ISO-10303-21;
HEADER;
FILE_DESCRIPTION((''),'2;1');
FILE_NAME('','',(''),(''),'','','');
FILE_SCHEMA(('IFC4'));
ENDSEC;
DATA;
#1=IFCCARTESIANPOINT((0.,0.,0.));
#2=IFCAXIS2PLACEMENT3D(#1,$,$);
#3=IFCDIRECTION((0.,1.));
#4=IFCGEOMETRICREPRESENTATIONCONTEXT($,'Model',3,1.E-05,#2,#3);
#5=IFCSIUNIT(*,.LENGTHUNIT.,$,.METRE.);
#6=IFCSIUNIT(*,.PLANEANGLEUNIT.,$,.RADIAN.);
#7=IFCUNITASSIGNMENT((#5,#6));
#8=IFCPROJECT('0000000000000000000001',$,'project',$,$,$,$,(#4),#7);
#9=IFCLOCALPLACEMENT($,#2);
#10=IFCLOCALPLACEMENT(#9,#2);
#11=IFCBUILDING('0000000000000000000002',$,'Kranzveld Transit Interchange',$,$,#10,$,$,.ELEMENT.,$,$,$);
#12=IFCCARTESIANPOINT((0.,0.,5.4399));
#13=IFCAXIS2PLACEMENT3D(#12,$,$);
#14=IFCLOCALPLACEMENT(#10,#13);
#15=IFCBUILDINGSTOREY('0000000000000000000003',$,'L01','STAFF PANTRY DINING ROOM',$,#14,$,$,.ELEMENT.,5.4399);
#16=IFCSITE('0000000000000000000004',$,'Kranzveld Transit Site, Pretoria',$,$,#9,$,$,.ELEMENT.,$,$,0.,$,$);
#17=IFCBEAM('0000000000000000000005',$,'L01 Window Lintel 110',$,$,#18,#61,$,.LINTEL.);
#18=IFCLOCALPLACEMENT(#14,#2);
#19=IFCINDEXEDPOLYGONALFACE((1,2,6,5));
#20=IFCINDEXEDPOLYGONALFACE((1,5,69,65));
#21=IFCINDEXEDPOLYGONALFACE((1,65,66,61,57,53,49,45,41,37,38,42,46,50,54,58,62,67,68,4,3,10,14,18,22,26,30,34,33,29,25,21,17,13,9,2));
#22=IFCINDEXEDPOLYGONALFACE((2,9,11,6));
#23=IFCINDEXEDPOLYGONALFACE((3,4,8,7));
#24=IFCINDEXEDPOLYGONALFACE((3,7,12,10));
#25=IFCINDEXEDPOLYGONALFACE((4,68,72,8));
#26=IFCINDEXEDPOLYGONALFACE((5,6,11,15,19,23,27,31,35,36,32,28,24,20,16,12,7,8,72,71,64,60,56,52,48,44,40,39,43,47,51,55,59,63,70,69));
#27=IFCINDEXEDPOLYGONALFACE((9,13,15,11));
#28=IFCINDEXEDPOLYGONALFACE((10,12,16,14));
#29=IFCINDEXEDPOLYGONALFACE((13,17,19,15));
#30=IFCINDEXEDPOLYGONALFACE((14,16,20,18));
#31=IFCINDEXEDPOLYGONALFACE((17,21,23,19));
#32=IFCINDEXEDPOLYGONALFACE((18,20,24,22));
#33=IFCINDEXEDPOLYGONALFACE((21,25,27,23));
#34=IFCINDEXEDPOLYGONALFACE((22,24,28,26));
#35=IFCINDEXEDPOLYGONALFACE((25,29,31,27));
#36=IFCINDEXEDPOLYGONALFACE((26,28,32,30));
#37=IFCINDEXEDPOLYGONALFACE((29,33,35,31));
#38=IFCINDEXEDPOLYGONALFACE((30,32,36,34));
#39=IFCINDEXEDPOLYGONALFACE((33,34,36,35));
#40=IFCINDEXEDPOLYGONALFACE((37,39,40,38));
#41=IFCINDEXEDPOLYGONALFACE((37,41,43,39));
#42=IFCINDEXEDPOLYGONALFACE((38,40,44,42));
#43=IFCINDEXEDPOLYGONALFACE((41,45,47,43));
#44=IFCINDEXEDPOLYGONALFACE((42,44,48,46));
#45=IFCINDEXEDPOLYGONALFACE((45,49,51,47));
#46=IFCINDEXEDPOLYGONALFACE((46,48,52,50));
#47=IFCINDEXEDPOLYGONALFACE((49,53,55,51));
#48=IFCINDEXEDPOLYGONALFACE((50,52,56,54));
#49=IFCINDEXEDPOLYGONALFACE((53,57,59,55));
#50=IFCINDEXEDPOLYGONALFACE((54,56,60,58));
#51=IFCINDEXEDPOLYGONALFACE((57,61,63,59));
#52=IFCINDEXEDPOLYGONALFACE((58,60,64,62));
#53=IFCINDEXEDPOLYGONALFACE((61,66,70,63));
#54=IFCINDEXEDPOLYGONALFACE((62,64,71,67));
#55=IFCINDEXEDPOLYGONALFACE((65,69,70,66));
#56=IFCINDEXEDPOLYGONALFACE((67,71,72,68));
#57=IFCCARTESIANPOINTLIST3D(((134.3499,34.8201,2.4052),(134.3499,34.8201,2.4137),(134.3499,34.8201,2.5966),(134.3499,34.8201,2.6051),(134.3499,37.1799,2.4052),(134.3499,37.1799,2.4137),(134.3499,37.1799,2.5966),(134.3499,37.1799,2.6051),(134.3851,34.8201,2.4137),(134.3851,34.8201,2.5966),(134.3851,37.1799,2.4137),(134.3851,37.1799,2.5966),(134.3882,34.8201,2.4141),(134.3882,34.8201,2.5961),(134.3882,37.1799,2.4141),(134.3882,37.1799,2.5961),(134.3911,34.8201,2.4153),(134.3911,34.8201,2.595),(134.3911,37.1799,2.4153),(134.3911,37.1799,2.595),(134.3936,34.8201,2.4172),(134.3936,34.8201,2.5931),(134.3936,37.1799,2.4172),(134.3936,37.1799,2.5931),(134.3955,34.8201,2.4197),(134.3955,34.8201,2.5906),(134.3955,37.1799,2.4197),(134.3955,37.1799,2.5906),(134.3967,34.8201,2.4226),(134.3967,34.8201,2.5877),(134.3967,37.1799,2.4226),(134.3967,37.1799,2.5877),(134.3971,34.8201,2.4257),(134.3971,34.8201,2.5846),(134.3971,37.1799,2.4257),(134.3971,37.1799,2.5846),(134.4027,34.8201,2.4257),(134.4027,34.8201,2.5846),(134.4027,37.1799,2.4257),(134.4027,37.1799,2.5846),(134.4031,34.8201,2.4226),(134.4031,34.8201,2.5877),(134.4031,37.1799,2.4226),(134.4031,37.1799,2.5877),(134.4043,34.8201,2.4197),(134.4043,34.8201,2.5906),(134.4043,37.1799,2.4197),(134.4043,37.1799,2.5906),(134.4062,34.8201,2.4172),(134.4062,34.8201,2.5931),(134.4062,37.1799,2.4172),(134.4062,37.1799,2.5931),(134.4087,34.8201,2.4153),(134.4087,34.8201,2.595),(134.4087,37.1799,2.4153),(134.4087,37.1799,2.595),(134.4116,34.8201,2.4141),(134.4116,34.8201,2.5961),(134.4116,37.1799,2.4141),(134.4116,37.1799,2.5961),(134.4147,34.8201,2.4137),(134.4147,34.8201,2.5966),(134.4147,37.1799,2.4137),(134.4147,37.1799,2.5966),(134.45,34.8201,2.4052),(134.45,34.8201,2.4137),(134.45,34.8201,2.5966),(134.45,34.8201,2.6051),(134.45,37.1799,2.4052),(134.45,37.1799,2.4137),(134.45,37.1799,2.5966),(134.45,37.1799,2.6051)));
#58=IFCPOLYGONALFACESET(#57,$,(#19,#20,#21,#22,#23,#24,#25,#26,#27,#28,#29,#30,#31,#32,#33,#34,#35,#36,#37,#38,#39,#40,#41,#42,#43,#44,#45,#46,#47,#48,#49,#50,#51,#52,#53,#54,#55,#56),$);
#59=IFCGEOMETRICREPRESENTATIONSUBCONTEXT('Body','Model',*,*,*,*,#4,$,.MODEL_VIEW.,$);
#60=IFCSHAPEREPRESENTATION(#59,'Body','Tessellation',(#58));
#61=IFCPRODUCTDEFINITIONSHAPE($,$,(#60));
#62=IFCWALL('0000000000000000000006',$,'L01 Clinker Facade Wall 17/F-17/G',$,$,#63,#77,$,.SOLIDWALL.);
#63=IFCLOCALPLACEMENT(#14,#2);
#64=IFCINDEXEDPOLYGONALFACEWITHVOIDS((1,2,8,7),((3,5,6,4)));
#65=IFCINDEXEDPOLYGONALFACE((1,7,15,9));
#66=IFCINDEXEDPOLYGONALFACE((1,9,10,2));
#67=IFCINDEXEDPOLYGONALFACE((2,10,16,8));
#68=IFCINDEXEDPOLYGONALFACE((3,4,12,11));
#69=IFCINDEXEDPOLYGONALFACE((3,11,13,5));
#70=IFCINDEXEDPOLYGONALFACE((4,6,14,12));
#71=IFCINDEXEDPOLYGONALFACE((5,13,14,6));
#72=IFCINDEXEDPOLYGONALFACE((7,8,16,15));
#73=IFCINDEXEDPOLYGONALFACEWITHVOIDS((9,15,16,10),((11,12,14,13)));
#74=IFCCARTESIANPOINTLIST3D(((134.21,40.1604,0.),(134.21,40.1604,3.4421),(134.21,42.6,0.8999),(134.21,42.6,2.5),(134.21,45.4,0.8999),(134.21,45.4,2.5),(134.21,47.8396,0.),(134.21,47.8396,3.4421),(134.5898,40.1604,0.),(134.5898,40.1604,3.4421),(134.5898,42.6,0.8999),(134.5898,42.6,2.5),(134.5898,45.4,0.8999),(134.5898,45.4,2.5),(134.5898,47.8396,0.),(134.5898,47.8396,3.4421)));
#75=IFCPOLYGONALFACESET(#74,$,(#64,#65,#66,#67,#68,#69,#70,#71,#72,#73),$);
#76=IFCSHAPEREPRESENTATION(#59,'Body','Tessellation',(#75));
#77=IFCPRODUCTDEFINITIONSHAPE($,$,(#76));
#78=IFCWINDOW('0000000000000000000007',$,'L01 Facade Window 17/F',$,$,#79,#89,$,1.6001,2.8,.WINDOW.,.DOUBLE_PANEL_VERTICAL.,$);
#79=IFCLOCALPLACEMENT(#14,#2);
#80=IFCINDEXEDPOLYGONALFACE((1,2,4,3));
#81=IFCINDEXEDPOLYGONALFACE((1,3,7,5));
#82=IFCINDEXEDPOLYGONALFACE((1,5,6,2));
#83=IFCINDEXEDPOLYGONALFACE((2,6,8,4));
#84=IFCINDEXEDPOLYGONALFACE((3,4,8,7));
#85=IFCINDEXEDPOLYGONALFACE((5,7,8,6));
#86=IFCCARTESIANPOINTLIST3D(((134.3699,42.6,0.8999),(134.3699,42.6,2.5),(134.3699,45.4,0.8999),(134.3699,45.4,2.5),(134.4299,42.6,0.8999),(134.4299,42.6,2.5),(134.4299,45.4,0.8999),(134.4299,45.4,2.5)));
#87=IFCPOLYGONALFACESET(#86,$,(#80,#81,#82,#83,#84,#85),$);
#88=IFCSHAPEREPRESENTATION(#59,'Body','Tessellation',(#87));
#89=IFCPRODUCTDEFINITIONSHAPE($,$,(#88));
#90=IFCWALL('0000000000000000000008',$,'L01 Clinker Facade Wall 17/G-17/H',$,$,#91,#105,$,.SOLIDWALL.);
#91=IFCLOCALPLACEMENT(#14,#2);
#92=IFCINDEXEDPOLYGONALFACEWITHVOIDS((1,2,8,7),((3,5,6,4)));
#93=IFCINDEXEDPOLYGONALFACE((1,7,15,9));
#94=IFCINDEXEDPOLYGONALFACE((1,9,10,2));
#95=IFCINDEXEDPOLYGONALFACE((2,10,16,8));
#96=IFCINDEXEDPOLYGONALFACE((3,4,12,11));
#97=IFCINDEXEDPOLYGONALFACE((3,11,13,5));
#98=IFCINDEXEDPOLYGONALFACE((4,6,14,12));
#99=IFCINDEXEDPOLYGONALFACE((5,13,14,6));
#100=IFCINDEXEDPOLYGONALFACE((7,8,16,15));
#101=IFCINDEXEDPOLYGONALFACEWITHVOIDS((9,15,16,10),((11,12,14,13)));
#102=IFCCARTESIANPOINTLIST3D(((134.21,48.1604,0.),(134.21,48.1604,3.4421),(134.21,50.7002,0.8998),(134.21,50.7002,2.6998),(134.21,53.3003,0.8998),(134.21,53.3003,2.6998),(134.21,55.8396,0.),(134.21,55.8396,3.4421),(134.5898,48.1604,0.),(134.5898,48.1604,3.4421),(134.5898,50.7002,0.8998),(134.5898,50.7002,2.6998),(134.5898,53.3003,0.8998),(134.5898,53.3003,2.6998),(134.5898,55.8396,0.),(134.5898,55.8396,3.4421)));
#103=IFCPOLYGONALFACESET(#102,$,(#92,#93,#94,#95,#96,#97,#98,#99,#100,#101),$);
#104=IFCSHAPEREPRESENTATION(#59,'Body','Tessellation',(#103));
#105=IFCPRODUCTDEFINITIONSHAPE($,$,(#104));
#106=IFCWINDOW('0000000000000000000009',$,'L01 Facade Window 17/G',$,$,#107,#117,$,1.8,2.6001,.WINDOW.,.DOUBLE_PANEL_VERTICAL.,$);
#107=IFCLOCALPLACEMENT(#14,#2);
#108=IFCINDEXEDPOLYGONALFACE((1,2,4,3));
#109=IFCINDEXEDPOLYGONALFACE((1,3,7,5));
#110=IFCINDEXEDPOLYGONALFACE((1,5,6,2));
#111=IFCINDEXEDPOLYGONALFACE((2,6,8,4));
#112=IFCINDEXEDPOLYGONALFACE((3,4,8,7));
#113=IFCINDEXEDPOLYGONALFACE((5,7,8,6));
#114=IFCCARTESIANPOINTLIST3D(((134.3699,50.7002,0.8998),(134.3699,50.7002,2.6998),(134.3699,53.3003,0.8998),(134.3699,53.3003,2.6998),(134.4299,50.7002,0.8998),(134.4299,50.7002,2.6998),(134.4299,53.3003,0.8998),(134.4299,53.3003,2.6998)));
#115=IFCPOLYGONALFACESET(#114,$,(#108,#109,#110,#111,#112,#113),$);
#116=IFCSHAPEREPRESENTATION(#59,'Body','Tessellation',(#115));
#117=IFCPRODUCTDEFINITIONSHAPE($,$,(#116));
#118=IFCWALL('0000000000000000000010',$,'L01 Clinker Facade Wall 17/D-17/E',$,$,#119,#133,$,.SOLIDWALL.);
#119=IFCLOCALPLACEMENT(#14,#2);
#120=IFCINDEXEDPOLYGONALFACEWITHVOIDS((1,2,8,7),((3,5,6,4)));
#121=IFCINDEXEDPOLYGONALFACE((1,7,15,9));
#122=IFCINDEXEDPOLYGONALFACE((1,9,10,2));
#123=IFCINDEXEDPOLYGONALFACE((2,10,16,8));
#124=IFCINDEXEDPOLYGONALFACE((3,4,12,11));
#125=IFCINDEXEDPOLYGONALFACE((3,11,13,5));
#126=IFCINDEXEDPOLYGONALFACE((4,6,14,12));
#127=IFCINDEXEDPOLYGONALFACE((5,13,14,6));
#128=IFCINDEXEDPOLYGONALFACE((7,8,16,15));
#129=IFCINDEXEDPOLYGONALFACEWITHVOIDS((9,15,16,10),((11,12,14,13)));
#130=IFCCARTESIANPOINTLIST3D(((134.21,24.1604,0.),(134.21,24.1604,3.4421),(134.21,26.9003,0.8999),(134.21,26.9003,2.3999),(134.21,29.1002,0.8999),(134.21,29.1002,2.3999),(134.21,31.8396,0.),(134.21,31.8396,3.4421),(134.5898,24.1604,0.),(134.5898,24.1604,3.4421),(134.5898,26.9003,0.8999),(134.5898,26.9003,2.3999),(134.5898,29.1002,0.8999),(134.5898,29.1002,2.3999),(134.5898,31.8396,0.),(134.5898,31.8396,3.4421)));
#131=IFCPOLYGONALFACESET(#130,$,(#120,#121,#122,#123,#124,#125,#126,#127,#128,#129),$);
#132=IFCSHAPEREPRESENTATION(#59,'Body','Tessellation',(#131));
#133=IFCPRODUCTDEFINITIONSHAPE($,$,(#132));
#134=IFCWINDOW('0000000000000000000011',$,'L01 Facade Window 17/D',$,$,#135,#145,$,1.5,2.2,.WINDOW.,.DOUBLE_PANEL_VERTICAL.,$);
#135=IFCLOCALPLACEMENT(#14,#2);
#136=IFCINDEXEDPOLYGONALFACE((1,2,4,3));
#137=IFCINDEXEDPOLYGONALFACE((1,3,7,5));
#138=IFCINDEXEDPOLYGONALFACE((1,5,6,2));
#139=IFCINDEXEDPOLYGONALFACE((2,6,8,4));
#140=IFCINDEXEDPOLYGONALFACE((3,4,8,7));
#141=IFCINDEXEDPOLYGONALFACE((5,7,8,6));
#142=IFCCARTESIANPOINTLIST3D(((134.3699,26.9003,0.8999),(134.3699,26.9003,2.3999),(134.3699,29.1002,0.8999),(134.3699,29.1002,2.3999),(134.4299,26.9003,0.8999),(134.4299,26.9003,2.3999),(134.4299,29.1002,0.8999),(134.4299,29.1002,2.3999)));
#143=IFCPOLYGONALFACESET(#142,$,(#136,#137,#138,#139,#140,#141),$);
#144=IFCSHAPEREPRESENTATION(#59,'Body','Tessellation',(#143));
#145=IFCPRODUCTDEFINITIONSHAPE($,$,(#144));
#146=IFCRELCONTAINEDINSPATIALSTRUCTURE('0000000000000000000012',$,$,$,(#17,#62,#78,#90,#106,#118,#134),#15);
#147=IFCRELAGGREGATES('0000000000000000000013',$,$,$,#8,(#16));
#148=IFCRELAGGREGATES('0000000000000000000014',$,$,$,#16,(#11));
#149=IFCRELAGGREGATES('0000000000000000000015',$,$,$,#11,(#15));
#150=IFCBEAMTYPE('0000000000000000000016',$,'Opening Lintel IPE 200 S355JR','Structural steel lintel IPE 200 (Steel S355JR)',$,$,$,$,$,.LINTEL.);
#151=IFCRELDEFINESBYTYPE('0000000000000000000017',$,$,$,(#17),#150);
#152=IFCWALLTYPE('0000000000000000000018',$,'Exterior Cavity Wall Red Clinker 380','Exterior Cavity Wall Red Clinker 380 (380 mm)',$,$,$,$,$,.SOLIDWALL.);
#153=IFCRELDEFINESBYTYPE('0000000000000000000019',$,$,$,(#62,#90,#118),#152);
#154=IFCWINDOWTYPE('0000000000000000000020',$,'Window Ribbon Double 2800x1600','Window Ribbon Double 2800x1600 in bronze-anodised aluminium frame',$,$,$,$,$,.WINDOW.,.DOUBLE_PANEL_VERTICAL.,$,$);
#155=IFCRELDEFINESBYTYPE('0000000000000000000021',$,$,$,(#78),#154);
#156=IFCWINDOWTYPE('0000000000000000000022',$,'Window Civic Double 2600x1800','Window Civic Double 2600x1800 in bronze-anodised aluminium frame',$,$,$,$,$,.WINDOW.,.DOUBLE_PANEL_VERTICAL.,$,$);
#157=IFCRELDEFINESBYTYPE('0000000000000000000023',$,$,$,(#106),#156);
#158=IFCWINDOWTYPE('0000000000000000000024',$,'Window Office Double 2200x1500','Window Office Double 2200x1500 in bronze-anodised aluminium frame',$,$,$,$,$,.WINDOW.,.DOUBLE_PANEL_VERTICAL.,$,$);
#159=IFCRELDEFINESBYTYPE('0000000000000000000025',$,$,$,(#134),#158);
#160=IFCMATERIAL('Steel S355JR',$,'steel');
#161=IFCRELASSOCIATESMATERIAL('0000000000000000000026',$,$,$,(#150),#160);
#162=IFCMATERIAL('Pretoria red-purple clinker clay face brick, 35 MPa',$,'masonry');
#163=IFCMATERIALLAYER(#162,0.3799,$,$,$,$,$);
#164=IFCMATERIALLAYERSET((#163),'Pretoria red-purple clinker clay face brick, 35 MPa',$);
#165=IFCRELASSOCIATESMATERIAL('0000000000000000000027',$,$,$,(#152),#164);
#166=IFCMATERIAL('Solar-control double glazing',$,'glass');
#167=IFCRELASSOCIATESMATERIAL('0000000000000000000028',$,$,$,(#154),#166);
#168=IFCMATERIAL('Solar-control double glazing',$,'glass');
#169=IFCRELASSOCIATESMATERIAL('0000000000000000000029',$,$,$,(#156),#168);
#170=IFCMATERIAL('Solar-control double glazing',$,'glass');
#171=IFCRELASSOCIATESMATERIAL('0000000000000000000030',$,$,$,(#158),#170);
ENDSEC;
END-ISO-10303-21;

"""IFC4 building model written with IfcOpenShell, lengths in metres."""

from ifc_helpers import new_model, si_unit, direction, frame, frame_2d, origin, origin_2d, place, context, subcontext, project, spatial, rectangle, i_section, extrude, material, layer, layer_set, material_profile, profile_set, type_object, element, fill, save


model = new_model("IFC4")

# Units and contexts
model_context = context("Model", 3, precision=1e-05, world=origin(), true_north=direction((0.0, 1.0)))
body_context = subcontext(model_context, "Body", "Model", "MODEL_VIEW")
ifc_project = project(units=[si_unit("LENGTHUNIT", "METRE"), si_unit("PLANEANGLEUNIT", "RADIAN")], contexts=[model_context])

# Site, building, storey
site_placement = place(None, origin())
site = spatial("IfcSite", under=ifc_project, at=site_placement, Name="Kranzveld Transit Site, Pretoria", CompositionType="ELEMENT", RefElevation=0.0)
building_placement = place(site_placement, origin())
building = spatial("IfcBuilding", under=site, at=building_placement, Name="Kranzveld Transit Interchange", CompositionType="ELEMENT")
storey_placement = place(building_placement, frame((0.0, 0.0, 5.4399)))
storey = spatial("IfcBuildingStorey", under=building, at=storey_placement, Name="L01", Description="STAFF PANTRY DINING ROOM", CompositionType="ELEMENT", Elevation=5.4399)

# Beam
ifc_material_1 = material(Name="Steel S355JR", Category="steel")
ifc_material_profile_1 = material_profile(ifc_material_1, i_section(OverallWidth=0.1001, OverallDepth=0.2, WebThickness=0.0056, FlangeThickness=0.0085, FilletRadius=0.012, at=origin_2d()), Name="IPE 200")
ifc_profile_set_1 = profile_set([ifc_material_profile_1], Name="Steel S355JR")
beam_type_1 = type_object("IfcBeamType", Name="Opening Lintel IPE 200 S355JR", Description="Structural steel lintel IPE 200 (Steel S355JR)", PredefinedType="LINTEL", material=ifc_profile_set_1)
beam_1_placement = place(storey_placement, frame((134.3999, 34.8201, 2.5051), z_axis=(0.0, 1.0, 0.0), x_axis=(-1.0, 0.0, 0.0)))
element("IfcBeam", 1, at=beam_1_placement, inside=storey, type_object=beam_type_1, Name="L01 Window Lintel 110", PredefinedType="LINTEL", context=body_context, shape_type="SweptSolid", body=[
    extrude(i_section(OverallWidth=0.1001, OverallDepth=0.2, WebThickness=0.0056, FlangeThickness=0.0085, FilletRadius=0.012, at=origin_2d()), origin(), (0.0, 0.0, 1.0), 2.3599),
])

# Walls, openings, windows
ifc_material_2 = material(Name="Pretoria red-purple clinker clay face brick, 35 MPa", Category="masonry")
ifc_layer_1 = layer(ifc_material_2, 0.3799)
ifc_layer_set_1 = layer_set([ifc_layer_1], Name="Pretoria red-purple clinker clay face brick, 35 MPa")
wall_type_1 = type_object("IfcWallType", Name="Exterior Cavity Wall Red Clinker 380", Description="Exterior Cavity Wall Red Clinker 380 (380 mm)", PredefinedType="SOLIDWALL", material=ifc_layer_set_1)
wall_1_placement = place(storey_placement, frame((134.3999, 40.1604, 0.0), z_axis=(0.0, 0.0, 1.0), x_axis=(0.0, 1.0, 0.0)))
wall_1 = element("IfcWall", 2, at=wall_1_placement, inside=storey, type_object=wall_type_1, Name="L01 Clinker Facade Wall 17/F-17/G", PredefinedType="SOLIDWALL", context=body_context, shape_type="SweptSolid", body=[
    extrude(rectangle(XDim=7.6792, YDim=0.3799, at=frame_2d((3.8396, 0.0))), origin(), (0.0, 0.0, 1.0), 3.4421),
])
opening_1_placement = place(wall_1_placement, frame((2.4397, 0.0, 0.8999), z_axis=(0.0, 0.0, 1.0), x_axis=(1.0, 0.0, 0.0)))
opening_1 = element("IfcOpeningElement", 3, at=opening_1_placement, cuts=wall_1, PredefinedType="OPENING", context=body_context, shape_type="SweptSolid", body=[
    extrude(rectangle(XDim=2.8, YDim=1.6001, at=frame_2d((1.3999, 0.8))), frame((0.0, 0.2, 0.0), z_axis=(0.0, -1.0, 0.0), x_axis=(1.0, 0.0, 0.0)), (0.0, 0.0, 1.0), 0.3999),
])
ifc_material_3 = material(Name="Solar-control double glazing", Category="glass")
window_type_1 = type_object("IfcWindowType", Name="Window Ribbon Double 2800x1600", Description="Window Ribbon Double 2800x1600 in bronze-anodised aluminium frame", PartitioningType="DOUBLE_PANEL_VERTICAL", PredefinedType="WINDOW", material=ifc_material_3)
window_1_placement = place(opening_1_placement, origin())
window_1 = element("IfcWindow", 4, at=window_1_placement, inside=storey, type_object=window_type_1, Name="L01 Facade Window 17/F", OverallHeight=1.6001, OverallWidth=2.8, PartitioningType="DOUBLE_PANEL_VERTICAL", PredefinedType="WINDOW", context=body_context, shape_type="SweptSolid", body=[
    extrude(rectangle(XDim=2.8, YDim=1.6001, at=frame_2d((1.3999, 0.8))), frame((0.0, 0.03, 0.0), z_axis=(0.0, -1.0, 0.0), x_axis=(1.0, 0.0, 0.0)), (0.0, 0.0, 1.0), 0.0601),
])
fill(opening_1, window_1)
wall_2_placement = place(storey_placement, frame((134.3999, 48.1604, 0.0), z_axis=(0.0, 0.0, 1.0), x_axis=(0.0, 1.0, 0.0)))
wall_2 = element("IfcWall", 5, at=wall_2_placement, inside=storey, type_object=wall_type_1, Name="L01 Clinker Facade Wall 17/G-17/H", PredefinedType="SOLIDWALL", context=body_context, shape_type="SweptSolid", body=[
    extrude(rectangle(XDim=7.6792, YDim=0.3799, at=frame_2d((3.8396, 0.0))), origin(), (0.0, 0.0, 1.0), 3.4421),
])
opening_2_placement = place(wall_2_placement, frame((2.5398, 0.0, 0.8999), z_axis=(0.0, 0.0, 1.0), x_axis=(1.0, 0.0, 0.0)))
opening_2 = element("IfcOpeningElement", 6, at=opening_2_placement, cuts=wall_2, PredefinedType="OPENING", context=body_context, shape_type="SweptSolid", body=[
    extrude(rectangle(XDim=2.6001, YDim=1.8, at=frame_2d((1.3, 0.8999))), frame((0.0, 0.2, 0.0), z_axis=(0.0, -1.0, 0.0), x_axis=(1.0, 0.0, 0.0)), (0.0, 0.0, 1.0), 0.3999),
])
ifc_material_4 = material(Name="Solar-control double glazing", Category="glass")
window_type_2 = type_object("IfcWindowType", Name="Window Civic Double 2600x1800", Description="Window Civic Double 2600x1800 in bronze-anodised aluminium frame", PartitioningType="DOUBLE_PANEL_VERTICAL", PredefinedType="WINDOW", material=ifc_material_4)
window_2_placement = place(opening_2_placement, origin())
window_2 = element("IfcWindow", 7, at=window_2_placement, inside=storey, type_object=window_type_2, Name="L01 Facade Window 17/G", OverallHeight=1.8, OverallWidth=2.6001, PartitioningType="DOUBLE_PANEL_VERTICAL", PredefinedType="WINDOW", context=body_context, shape_type="SweptSolid", body=[
    extrude(rectangle(XDim=2.6001, YDim=1.8, at=frame_2d((1.3, 0.8999))), frame((0.0, 0.03, 0.0), z_axis=(0.0, -1.0, 0.0), x_axis=(1.0, 0.0, 0.0)), (0.0, 0.0, 1.0), 0.0601),
])
fill(opening_2, window_2)
wall_3_placement = place(storey_placement, frame((134.3999, 24.1604, 0.0), z_axis=(0.0, 0.0, 1.0), x_axis=(0.0, 1.0, 0.0)))
wall_3 = element("IfcWall", 8, at=wall_3_placement, inside=storey, type_object=wall_type_1, Name="L01 Clinker Facade Wall 17/D-17/E", PredefinedType="SOLIDWALL", context=body_context, shape_type="SweptSolid", body=[
    extrude(rectangle(XDim=7.6792, YDim=0.3799, at=frame_2d((3.8396, 0.0))), origin(), (0.0, 0.0, 1.0), 3.4421),
])
opening_3_placement = place(wall_3_placement, frame((2.7397, 0.0, 0.8999), z_axis=(0.0, 0.0, 1.0), x_axis=(1.0, 0.0, 0.0)))
opening_3 = element("IfcOpeningElement", 9, at=opening_3_placement, cuts=wall_3, PredefinedType="OPENING", context=body_context, shape_type="SweptSolid", body=[
    extrude(rectangle(XDim=2.2, YDim=1.5, at=frame_2d((1.1001, 0.75))), frame((0.0, 0.2, 0.0), z_axis=(0.0, -1.0, 0.0), x_axis=(1.0, 0.0, 0.0)), (0.0, 0.0, 1.0), 0.3999),
])
ifc_material_5 = material(Name="Solar-control double glazing", Category="glass")
window_type_3 = type_object("IfcWindowType", Name="Window Office Double 2200x1500", Description="Window Office Double 2200x1500 in bronze-anodised aluminium frame", PartitioningType="DOUBLE_PANEL_VERTICAL", PredefinedType="WINDOW", material=ifc_material_5)
window_3_placement = place(opening_3_placement, origin())
window_3 = element("IfcWindow", 10, at=window_3_placement, inside=storey, type_object=window_type_3, Name="L01 Facade Window 17/D", OverallHeight=1.5, OverallWidth=2.2, PartitioningType="DOUBLE_PANEL_VERTICAL", PredefinedType="WINDOW", context=body_context, shape_type="SweptSolid", body=[
    extrude(rectangle(XDim=2.2, YDim=1.5, at=frame_2d((1.1001, 0.75))), frame((0.0, 0.03, 0.0), z_axis=(0.0, -1.0, 0.0), x_axis=(1.0, 0.0, 0.0)), (0.0, 0.0, 1.0), 0.0601),
])
fill(opening_3, window_3)

save(model, "model.ifc")
